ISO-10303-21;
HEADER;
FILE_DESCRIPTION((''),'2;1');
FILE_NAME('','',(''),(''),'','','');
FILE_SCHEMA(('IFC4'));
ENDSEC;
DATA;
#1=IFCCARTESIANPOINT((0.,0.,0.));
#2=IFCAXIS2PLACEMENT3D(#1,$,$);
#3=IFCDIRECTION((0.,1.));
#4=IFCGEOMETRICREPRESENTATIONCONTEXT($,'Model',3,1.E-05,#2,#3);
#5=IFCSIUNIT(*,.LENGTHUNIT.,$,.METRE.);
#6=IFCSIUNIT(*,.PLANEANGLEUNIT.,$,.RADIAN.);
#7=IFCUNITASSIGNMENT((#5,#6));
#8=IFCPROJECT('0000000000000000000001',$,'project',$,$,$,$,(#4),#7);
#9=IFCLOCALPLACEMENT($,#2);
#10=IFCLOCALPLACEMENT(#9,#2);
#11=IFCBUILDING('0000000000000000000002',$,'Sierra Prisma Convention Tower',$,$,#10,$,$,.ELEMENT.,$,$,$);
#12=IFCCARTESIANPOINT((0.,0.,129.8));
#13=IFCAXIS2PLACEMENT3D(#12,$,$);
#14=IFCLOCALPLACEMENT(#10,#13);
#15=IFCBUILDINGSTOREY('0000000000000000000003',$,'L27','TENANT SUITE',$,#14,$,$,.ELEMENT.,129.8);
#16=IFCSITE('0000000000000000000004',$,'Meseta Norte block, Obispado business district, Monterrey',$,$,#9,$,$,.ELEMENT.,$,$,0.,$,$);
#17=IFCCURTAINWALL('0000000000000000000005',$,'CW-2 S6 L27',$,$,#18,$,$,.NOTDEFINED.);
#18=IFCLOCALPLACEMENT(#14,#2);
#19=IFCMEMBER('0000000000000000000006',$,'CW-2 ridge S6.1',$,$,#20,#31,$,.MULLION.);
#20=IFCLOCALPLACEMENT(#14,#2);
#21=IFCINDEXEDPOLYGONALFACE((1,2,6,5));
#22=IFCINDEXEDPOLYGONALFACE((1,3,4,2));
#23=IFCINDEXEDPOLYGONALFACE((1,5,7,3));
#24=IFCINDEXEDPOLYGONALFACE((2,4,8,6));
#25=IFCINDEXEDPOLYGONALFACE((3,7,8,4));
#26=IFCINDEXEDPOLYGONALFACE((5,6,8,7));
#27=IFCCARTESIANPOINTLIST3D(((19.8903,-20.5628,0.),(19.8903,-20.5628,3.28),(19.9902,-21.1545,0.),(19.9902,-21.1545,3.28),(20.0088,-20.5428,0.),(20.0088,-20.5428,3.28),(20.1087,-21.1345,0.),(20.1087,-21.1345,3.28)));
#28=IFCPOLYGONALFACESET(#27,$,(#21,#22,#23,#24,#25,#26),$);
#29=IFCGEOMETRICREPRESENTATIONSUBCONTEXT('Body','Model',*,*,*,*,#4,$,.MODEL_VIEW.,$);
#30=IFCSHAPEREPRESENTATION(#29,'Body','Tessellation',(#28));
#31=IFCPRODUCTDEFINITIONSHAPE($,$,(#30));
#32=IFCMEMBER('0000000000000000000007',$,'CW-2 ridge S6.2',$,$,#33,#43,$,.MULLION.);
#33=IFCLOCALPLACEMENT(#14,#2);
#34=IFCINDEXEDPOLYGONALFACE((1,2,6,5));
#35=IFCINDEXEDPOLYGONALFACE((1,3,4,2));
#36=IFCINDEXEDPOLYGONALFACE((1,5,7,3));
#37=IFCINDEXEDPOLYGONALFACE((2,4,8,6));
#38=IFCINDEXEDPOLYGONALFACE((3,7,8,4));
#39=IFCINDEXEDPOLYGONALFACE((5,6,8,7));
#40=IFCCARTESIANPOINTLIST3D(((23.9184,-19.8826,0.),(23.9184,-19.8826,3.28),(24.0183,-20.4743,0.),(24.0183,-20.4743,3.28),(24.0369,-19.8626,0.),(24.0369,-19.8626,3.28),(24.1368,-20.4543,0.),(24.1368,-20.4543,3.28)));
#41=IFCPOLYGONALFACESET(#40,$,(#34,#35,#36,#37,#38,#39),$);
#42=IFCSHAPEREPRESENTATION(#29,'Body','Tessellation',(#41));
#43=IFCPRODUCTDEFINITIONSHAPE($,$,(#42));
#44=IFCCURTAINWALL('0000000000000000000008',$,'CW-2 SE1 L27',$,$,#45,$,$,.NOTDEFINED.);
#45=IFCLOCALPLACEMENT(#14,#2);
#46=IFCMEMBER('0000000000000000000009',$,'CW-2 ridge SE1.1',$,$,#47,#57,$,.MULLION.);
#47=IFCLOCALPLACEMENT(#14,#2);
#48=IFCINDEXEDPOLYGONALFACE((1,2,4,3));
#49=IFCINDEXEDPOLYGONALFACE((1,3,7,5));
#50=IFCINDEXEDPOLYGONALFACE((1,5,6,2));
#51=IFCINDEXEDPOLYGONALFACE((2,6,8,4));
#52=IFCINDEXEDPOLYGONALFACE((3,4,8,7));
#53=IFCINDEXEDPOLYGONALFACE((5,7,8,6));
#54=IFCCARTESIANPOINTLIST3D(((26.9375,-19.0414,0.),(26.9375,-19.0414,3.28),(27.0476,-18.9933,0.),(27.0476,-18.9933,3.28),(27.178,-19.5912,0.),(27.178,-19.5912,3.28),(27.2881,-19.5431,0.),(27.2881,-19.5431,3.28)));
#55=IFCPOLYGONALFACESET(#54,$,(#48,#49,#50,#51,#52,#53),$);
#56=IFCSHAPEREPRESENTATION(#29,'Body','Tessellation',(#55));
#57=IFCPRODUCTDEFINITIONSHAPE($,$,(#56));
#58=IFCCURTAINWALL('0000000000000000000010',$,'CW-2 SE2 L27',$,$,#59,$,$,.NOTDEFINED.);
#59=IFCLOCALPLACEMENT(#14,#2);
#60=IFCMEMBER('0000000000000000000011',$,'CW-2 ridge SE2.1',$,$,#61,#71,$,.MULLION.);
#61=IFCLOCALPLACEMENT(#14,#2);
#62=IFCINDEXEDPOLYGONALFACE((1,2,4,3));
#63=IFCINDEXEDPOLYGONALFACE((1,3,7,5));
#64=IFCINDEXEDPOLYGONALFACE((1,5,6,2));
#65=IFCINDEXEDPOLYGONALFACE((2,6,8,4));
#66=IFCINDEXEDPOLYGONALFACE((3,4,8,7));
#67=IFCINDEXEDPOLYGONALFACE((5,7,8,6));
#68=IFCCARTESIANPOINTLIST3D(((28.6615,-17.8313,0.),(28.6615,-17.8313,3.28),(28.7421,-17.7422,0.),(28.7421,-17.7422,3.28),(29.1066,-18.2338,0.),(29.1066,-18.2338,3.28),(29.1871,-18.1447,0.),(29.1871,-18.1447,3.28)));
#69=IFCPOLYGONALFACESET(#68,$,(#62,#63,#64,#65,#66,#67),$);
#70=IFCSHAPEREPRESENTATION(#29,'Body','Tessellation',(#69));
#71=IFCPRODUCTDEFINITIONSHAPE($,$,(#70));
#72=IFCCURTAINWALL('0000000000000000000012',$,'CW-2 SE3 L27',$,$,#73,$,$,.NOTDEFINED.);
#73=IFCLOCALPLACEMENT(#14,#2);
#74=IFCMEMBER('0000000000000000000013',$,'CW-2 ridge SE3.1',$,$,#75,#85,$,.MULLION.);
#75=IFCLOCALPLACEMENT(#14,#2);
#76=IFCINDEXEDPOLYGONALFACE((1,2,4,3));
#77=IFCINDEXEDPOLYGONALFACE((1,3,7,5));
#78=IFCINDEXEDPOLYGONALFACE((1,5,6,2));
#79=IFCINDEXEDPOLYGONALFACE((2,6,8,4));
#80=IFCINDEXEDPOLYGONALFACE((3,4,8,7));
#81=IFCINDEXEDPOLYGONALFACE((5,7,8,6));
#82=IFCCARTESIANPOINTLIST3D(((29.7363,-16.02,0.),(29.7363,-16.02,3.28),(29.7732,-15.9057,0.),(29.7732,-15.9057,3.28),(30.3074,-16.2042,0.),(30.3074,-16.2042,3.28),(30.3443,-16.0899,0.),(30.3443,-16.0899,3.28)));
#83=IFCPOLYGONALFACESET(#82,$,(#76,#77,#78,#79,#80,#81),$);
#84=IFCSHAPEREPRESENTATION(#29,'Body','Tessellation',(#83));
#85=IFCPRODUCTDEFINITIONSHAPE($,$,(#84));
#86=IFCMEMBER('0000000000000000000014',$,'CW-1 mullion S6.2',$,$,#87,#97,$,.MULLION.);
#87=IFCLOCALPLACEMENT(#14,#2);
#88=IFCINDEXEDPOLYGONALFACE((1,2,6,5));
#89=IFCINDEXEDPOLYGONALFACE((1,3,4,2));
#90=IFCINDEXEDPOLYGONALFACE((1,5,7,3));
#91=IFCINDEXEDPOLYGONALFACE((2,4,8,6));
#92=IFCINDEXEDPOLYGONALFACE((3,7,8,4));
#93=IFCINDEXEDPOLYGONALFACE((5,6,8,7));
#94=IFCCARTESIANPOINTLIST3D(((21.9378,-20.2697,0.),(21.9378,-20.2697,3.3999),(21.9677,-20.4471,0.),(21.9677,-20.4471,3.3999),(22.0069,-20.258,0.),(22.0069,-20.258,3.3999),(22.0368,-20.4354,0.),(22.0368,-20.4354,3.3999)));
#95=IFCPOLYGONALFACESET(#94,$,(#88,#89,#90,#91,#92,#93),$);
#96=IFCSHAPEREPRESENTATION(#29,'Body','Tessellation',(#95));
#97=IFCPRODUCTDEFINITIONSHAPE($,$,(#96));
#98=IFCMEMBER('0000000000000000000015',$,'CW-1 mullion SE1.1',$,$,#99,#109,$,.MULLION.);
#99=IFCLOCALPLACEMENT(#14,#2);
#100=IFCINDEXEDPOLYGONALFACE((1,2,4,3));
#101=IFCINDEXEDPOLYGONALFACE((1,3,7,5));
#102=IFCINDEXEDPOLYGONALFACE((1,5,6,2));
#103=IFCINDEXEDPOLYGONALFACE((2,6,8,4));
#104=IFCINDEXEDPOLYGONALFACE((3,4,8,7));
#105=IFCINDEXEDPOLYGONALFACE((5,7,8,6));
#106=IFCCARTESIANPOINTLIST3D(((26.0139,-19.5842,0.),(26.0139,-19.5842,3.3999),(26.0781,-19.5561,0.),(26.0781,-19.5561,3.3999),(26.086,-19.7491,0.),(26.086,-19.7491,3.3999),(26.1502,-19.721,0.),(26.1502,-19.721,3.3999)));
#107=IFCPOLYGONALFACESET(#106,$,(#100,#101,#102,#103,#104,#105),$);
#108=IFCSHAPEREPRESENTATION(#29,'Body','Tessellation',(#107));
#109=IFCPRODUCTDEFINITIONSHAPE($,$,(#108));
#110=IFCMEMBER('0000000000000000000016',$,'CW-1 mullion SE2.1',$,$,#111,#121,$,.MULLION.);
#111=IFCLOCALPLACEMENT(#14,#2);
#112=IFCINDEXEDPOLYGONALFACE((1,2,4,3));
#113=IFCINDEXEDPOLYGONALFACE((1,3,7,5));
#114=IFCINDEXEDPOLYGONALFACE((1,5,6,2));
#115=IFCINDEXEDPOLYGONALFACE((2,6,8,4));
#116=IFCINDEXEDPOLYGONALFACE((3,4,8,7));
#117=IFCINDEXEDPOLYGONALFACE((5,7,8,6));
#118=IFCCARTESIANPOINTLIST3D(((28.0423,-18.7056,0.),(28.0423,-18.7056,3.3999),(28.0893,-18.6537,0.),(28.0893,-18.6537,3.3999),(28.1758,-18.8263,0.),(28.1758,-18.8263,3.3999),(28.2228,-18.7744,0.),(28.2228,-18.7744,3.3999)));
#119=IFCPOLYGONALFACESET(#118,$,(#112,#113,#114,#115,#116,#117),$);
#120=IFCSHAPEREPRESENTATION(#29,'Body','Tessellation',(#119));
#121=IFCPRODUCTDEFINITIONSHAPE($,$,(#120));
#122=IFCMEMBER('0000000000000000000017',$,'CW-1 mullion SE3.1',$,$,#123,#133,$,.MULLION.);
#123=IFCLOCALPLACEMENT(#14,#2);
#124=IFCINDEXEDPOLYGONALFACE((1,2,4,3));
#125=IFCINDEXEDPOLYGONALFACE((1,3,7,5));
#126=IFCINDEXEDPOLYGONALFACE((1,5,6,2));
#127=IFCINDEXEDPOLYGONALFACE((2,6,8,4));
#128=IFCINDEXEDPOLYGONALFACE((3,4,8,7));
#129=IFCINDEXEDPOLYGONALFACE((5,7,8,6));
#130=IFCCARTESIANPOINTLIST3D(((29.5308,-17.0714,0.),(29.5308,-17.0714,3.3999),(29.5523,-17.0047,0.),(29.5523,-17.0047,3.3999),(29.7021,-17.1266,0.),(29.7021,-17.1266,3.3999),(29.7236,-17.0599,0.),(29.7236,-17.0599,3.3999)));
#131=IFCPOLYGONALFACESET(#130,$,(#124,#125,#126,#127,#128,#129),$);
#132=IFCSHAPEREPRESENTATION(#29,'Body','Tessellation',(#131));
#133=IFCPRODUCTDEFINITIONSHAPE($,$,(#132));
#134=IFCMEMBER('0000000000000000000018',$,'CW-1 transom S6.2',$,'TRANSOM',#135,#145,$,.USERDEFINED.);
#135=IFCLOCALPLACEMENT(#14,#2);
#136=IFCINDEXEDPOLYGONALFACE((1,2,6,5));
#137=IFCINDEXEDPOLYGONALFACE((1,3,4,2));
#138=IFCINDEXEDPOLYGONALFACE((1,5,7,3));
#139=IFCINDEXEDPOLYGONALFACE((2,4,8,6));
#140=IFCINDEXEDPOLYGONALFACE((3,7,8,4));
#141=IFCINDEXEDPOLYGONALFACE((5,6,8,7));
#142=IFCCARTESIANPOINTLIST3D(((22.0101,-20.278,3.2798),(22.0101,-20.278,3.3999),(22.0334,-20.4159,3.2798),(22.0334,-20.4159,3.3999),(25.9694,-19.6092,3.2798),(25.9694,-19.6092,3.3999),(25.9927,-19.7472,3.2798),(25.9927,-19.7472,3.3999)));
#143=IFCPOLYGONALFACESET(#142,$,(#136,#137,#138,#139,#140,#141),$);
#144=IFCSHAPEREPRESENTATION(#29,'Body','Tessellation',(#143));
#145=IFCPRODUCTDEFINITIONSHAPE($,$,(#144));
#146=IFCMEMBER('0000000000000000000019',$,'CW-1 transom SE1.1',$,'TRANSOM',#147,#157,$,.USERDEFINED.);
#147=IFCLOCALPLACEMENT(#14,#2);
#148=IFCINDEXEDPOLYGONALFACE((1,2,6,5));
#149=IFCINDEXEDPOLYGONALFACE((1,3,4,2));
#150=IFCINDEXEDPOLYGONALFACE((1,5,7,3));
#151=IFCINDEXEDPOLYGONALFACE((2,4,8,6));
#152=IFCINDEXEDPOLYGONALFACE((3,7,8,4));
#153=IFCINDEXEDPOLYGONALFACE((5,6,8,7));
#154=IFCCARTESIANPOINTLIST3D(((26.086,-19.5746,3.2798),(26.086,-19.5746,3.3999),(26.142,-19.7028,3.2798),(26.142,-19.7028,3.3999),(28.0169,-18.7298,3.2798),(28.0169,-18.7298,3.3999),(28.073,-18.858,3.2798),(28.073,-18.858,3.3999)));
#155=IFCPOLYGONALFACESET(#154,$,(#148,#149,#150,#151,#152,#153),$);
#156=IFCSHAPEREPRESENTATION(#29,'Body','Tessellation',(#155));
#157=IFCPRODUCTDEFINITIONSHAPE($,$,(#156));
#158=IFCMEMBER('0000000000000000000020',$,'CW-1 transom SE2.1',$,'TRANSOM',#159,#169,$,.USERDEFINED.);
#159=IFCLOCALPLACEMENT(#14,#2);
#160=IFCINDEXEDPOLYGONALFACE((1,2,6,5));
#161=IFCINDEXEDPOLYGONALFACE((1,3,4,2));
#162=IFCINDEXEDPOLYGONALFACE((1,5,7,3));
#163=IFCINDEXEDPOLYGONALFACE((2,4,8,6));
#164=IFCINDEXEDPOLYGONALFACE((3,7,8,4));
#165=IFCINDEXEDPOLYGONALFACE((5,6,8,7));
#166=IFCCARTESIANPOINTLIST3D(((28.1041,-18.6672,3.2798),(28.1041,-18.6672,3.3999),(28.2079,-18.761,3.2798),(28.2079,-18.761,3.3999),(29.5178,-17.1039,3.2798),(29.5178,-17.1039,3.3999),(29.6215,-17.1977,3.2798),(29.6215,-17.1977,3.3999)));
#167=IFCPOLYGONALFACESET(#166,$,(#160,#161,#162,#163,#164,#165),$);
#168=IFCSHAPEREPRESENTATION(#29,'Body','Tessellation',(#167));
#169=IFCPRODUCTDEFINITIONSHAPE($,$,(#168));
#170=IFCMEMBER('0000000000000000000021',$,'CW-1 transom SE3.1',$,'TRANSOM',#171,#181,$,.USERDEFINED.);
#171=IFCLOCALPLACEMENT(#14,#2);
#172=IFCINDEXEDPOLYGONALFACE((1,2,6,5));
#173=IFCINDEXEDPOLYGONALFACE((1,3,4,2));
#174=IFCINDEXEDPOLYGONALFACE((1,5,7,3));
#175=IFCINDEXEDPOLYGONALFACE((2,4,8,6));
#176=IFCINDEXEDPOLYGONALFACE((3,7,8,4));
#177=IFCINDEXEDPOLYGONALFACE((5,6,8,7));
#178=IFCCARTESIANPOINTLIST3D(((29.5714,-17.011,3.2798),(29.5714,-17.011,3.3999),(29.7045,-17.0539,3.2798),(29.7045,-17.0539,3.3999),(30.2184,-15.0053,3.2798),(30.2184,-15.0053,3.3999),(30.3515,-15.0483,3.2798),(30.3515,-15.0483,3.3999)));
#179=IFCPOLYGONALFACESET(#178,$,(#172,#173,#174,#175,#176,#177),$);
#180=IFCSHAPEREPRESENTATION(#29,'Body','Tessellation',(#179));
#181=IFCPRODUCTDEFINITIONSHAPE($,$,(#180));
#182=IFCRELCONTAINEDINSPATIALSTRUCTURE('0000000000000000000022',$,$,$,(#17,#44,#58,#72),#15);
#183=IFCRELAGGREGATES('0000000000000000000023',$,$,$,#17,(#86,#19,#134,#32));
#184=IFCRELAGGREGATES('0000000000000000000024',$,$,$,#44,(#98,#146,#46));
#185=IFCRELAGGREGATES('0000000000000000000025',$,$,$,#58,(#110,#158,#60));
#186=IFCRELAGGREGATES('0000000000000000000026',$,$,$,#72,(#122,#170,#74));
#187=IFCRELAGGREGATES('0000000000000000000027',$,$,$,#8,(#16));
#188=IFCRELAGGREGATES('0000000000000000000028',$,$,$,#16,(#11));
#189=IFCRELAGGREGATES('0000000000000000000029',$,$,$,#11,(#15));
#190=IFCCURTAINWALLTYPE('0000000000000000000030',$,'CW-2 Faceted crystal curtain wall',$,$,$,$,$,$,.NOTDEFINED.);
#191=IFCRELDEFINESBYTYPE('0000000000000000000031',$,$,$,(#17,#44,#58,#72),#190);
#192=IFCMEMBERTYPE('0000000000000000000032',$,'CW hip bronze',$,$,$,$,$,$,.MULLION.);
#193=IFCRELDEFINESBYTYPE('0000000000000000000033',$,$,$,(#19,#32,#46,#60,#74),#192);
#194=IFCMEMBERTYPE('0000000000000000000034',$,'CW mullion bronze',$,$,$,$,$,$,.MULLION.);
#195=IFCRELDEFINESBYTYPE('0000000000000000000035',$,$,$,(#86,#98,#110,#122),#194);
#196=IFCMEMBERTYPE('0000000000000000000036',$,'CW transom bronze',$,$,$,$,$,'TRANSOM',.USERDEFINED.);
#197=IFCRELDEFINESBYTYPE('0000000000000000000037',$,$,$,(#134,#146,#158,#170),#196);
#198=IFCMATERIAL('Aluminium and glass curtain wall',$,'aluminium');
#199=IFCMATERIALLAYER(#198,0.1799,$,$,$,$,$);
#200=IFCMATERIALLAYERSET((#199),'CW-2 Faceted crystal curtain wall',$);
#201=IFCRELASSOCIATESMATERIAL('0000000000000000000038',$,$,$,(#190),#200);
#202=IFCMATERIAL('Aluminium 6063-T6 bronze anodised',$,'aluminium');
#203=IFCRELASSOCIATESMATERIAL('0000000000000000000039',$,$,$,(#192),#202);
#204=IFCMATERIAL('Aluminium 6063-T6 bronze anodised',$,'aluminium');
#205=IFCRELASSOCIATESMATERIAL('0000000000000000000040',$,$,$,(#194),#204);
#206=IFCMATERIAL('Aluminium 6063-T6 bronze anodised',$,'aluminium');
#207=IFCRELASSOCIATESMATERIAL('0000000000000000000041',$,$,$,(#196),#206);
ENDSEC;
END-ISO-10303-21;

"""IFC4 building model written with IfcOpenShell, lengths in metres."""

from ifc_helpers import new_model, si_unit, direction, frame, origin, origin_2d, place, context, subcontext, project, spatial, rectangle, extrude, material, layer, layer_set, material_profile, profile_set, type_object, element, aggregate, save


model = new_model("IFC4")

# Units and contexts
model_context = context("Model", 3, precision=1e-05, world=origin(), true_north=direction((0.0, 1.0)))
body_context = subcontext(model_context, "Body", "Model", "MODEL_VIEW")
ifc_project = project(units=[si_unit("LENGTHUNIT", "METRE"), si_unit("PLANEANGLEUNIT", "RADIAN")], contexts=[model_context])

# Site, building, storey
site_placement = place(None, origin())
site = spatial("IfcSite", under=ifc_project, at=site_placement, Name="Meseta Norte block, Obispado business district, Monterrey", CompositionType="ELEMENT", RefElevation=0.0)
building_placement = place(site_placement, origin())
building = spatial("IfcBuilding", under=site, at=building_placement, Name="Sierra Prisma Convention Tower", CompositionType="ELEMENT")
storey_placement = place(building_placement, frame((0.0, 0.0, 129.8)))
storey = spatial("IfcBuildingStorey", under=building, at=storey_placement, Name="L27", Description="TENANT SUITE", CompositionType="ELEMENT", Elevation=129.8)

# Curtain wall, members
ifc_material_1 = material(Name="Aluminium and glass curtain wall", Category="aluminium")
ifc_layer_1 = layer(ifc_material_1, 0.1799)
ifc_layer_set_1 = layer_set([ifc_layer_1], Name="CW-2 Faceted crystal curtain wall")
curtain_wall_type = type_object("IfcCurtainWallType", Name="CW-2 Faceted crystal curtain wall", PredefinedType="NOTDEFINED", material=ifc_layer_set_1)
curtain_wall_1_placement = place(storey_placement, origin())
curtain_wall_1 = element("IfcCurtainWall", 1, at=curtain_wall_1_placement, inside=storey, type_object=curtain_wall_type, Name="CW-2 S6 L27", PredefinedType="NOTDEFINED")
ifc_material_2 = material(Name="Aluminium 6063-T6 bronze anodised", Category="aluminium")
ifc_material_profile_1 = material_profile(ifc_material_2, rectangle(XDim=0.1201, YDim=0.6001, at=origin_2d()), Name="ALU RIDGE BLADE 120x600")
ifc_profile_set_1 = profile_set([ifc_material_profile_1], Name="Aluminium 6063-T6 bronze anodised")
member_type_1 = type_object("IfcMemberType", Name="CW hip bronze", PredefinedType="MULLION", material=ifc_profile_set_1)
member_1_placement = place(storey_placement, frame((19.9995, -20.8486, 0.0), z_axis=(0.0, 0.0, 1.0), x_axis=(0.986042, 0.166499, 0.0)))
member_1 = element("IfcMember", 2, at=member_1_placement, type_object=member_type_1, Name="CW-2 ridge S6.1", PredefinedType="MULLION", context=body_context, shape_type="SweptSolid", body=[
    extrude(rectangle(XDim=0.1201, YDim=0.6001, at=origin_2d()), origin(), (0.0, 0.0, 1.0), 3.28),
])
member_2_placement = place(storey_placement, frame((24.0276, -20.1685, 0.0), z_axis=(0.0, 0.0, 1.0), x_axis=(0.986042, 0.166499, 0.0)))
member_2 = element("IfcMember", 3, at=member_2_placement, type_object=member_type_1, Name="CW-2 ridge S6.2", PredefinedType="MULLION", context=body_context, shape_type="SweptSolid", body=[
    extrude(rectangle(XDim=0.1201, YDim=0.6001, at=origin_2d()), origin(), (0.0, 0.0, 1.0), 3.28),
])

# Curtain walls, members
curtain_wall_2_placement = place(storey_placement, origin())
curtain_wall_2 = element("IfcCurtainWall", 4, at=curtain_wall_2_placement, inside=storey, type_object=curtain_wall_type, Name="CW-2 SE1 L27", PredefinedType="NOTDEFINED")
member_3_placement = place(storey_placement, frame((27.1128, -19.2922, 0.0), z_axis=(0.0, 0.0, 1.0), x_axis=(0.916182, 0.400763, 0.0)))
member_3 = element("IfcMember", 5, at=member_3_placement, type_object=member_type_1, Name="CW-2 ridge SE1.1", PredefinedType="MULLION", context=body_context, shape_type="SweptSolid", body=[
    extrude(rectangle(XDim=0.1201, YDim=0.6001, at=origin_2d()), origin(), (0.0, 0.0, 1.0), 3.28),
])
curtain_wall_3_placement = place(storey_placement, origin())
curtain_wall_3 = element("IfcCurtainWall", 6, at=curtain_wall_3_placement, inside=storey, type_object=curtain_wall_type, Name="CW-2 SE2 L27", PredefinedType="NOTDEFINED")
member_4_placement = place(storey_placement, frame((28.9243, -17.988, 0.0), z_axis=(0.0, 0.0, 1.0), x_axis=(0.670746, 0.741687, 0.0)))
member_4 = element("IfcMember", 7, at=member_4_placement, type_object=member_type_1, Name="CW-2 ridge SE2.1", PredefinedType="MULLION", context=body_context, shape_type="SweptSolid", body=[
    extrude(rectangle(XDim=0.1201, YDim=0.6001, at=origin_2d()), origin(), (0.0, 0.0, 1.0), 3.28),
])
curtain_wall_4_placement = place(storey_placement, origin())
curtain_wall_4 = element("IfcCurtainWall", 8, at=curtain_wall_4_placement, inside=storey, type_object=curtain_wall_type, Name="CW-2 SE3 L27", PredefinedType="NOTDEFINED")
member_5_placement = place(storey_placement, frame((30.0403, -16.0549, 0.0), z_axis=(0.0, 0.0, 1.0), x_axis=(0.306946, 0.951727, 0.0)))
member_5 = element("IfcMember", 9, at=member_5_placement, type_object=member_type_1, Name="CW-2 ridge SE3.1", PredefinedType="MULLION", context=body_context, shape_type="SweptSolid", body=[
    extrude(rectangle(XDim=0.1201, YDim=0.6001, at=origin_2d()), origin(), (0.0, 0.0, 1.0), 3.28),
])

# Members
ifc_material_3 = material(Name="Aluminium 6063-T6 bronze anodised", Category="aluminium")
ifc_material_profile_2 = material_profile(ifc_material_3, rectangle(XDim=0.1799, YDim=0.0701, at=origin_2d()), Name="ALU MULLION 70x180")
ifc_profile_set_2 = profile_set([ifc_material_profile_2], Name="Aluminium 6063-T6 bronze anodised")
member_type_2 = type_object("IfcMemberType", Name="CW mullion bronze", PredefinedType="MULLION", material=ifc_profile_set_2)
member_6_placement = place(storey_placement, frame((21.9873, -20.3525, 0.0), z_axis=(0.0, 0.0, 1.0), x_axis=(-0.166499, 0.986042, 0.0)))
member_6 = element("IfcMember", 10, at=member_6_placement, type_object=member_type_2, Name="CW-1 mullion S6.2", PredefinedType="MULLION", context=body_context, shape_type="SweptSolid", body=[
    extrude(rectangle(XDim=0.1799, YDim=0.0701, at=origin_2d()), origin(), (0.0, 0.0, 1.0), 3.3999),
])
member_7_placement = place(storey_placement, frame((26.082, -19.6526, 0.0), z_axis=(0.0, 0.0, 1.0), x_axis=(-0.400763, 0.916182, 0.0)))
member_7 = element("IfcMember", 11, at=member_7_placement, type_object=member_type_2, Name="CW-1 mullion SE1.1", PredefinedType="MULLION", context=body_context, shape_type="SweptSolid", body=[
    extrude(rectangle(XDim=0.1799, YDim=0.0701, at=origin_2d()), origin(), (0.0, 0.0, 1.0), 3.3999),
])
member_8_placement = place(storey_placement, frame((28.1326, -18.74, 0.0), z_axis=(0.0, 0.0, 1.0), x_axis=(-0.741687, 0.670746, 0.0)))
member_8 = element("IfcMember", 12, at=member_8_placement, type_object=member_type_2, Name="CW-1 mullion SE2.1", PredefinedType="MULLION", context=body_context, shape_type="SweptSolid", body=[
    extrude(rectangle(XDim=0.1799, YDim=0.0701, at=origin_2d()), origin(), (0.0, 0.0, 1.0), 3.3999),
])
member_9_placement = place(storey_placement, frame((29.6272, -17.0657, 0.0), z_axis=(0.0, 0.0, 1.0), x_axis=(-0.951727, 0.306946, 0.0)))
member_9 = element("IfcMember", 13, at=member_9_placement, type_object=member_type_2, Name="CW-1 mullion SE3.1", PredefinedType="MULLION", context=body_context, shape_type="SweptSolid", body=[
    extrude(rectangle(XDim=0.1799, YDim=0.0701, at=origin_2d()), origin(), (0.0, 0.0, 1.0), 3.3999),
])
ifc_material_4 = material(Name="Aluminium 6063-T6 bronze anodised", Category="aluminium")
ifc_material_profile_3 = material_profile(ifc_material_4, rectangle(XDim=0.1399, YDim=0.1201, at=origin_2d()), Name="ALU TRANSOM 120x140")
ifc_profile_set_3 = profile_set([ifc_material_profile_3], Name="Aluminium 6063-T6 bronze anodised")
member_type_3 = type_object("IfcMemberType", Name="CW transom bronze", ElementType="TRANSOM", PredefinedType="USERDEFINED", material=ifc_profile_set_3)
member_10_placement = place(storey_placement, frame((22.0217, -20.3469, 3.3398), z_axis=(0.986035, 0.166538, 0.0), x_axis=(-0.166538, 0.986035, 0.0)))
member_10 = element("IfcMember", 14, at=member_10_placement, type_object=member_type_3, Name="CW-1 transom S6.2", ObjectType="TRANSOM", PredefinedType="USERDEFINED", context=body_context, shape_type="SweptSolid", body=[
    extrude(rectangle(XDim=0.1399, YDim=0.1201, at=origin_2d()), origin(), (0.0, 0.0, 1.0), 4.0154),
])
member_11_placement = place(storey_placement, frame((26.114, -19.6387, 3.3398), z_axis=(0.916165, 0.400801, 0.0), x_axis=(-0.400801, 0.916165, 0.0)))
member_11 = element("IfcMember", 15, at=member_11_placement, type_object=member_type_3, Name="CW-1 transom SE1.1", ObjectType="TRANSOM", PredefinedType="USERDEFINED", context=body_context, shape_type="SweptSolid", body=[
    extrude(rectangle(XDim=0.1399, YDim=0.1201, at=origin_2d()), origin(), (0.0, 0.0, 1.0), 2.1077),
])
member_12_placement = place(storey_placement, frame((28.156, -18.7141, 3.3398), z_axis=(0.67071, 0.74172, 0.0), x_axis=(-0.74172, 0.67071, 0.0)))
member_12 = element("IfcMember", 16, at=member_12_placement, type_object=member_type_3, Name="CW-1 transom SE2.1", ObjectType="TRANSOM", PredefinedType="USERDEFINED", context=body_context, shape_type="SweptSolid", body=[
    extrude(rectangle(XDim=0.1399, YDim=0.1201, at=origin_2d()), origin(), (0.0, 0.0, 1.0), 2.1077),
])
member_13_placement = place(storey_placement, frame((29.6379, -17.0325, 3.3398), z_axis=(0.307003, 0.951709, 0.0), x_axis=(-0.951709, 0.307003, 0.0)))
member_13 = element("IfcMember", 17, at=member_13_placement, type_object=member_type_3, Name="CW-1 transom SE3.1", ObjectType="TRANSOM", PredefinedType="USERDEFINED", context=body_context, shape_type="SweptSolid", body=[
    extrude(rectangle(XDim=0.1399, YDim=0.1201, at=origin_2d()), origin(), (0.0, 0.0, 1.0), 2.1074),
])

aggregate(curtain_wall_1, [member_6, member_1, member_10, member_2])
aggregate(curtain_wall_2, [member_7, member_11, member_3])
aggregate(curtain_wall_3, [member_8, member_12, member_4])
aggregate(curtain_wall_4, [member_9, member_13, member_5])

save(model, "model.ifc")
